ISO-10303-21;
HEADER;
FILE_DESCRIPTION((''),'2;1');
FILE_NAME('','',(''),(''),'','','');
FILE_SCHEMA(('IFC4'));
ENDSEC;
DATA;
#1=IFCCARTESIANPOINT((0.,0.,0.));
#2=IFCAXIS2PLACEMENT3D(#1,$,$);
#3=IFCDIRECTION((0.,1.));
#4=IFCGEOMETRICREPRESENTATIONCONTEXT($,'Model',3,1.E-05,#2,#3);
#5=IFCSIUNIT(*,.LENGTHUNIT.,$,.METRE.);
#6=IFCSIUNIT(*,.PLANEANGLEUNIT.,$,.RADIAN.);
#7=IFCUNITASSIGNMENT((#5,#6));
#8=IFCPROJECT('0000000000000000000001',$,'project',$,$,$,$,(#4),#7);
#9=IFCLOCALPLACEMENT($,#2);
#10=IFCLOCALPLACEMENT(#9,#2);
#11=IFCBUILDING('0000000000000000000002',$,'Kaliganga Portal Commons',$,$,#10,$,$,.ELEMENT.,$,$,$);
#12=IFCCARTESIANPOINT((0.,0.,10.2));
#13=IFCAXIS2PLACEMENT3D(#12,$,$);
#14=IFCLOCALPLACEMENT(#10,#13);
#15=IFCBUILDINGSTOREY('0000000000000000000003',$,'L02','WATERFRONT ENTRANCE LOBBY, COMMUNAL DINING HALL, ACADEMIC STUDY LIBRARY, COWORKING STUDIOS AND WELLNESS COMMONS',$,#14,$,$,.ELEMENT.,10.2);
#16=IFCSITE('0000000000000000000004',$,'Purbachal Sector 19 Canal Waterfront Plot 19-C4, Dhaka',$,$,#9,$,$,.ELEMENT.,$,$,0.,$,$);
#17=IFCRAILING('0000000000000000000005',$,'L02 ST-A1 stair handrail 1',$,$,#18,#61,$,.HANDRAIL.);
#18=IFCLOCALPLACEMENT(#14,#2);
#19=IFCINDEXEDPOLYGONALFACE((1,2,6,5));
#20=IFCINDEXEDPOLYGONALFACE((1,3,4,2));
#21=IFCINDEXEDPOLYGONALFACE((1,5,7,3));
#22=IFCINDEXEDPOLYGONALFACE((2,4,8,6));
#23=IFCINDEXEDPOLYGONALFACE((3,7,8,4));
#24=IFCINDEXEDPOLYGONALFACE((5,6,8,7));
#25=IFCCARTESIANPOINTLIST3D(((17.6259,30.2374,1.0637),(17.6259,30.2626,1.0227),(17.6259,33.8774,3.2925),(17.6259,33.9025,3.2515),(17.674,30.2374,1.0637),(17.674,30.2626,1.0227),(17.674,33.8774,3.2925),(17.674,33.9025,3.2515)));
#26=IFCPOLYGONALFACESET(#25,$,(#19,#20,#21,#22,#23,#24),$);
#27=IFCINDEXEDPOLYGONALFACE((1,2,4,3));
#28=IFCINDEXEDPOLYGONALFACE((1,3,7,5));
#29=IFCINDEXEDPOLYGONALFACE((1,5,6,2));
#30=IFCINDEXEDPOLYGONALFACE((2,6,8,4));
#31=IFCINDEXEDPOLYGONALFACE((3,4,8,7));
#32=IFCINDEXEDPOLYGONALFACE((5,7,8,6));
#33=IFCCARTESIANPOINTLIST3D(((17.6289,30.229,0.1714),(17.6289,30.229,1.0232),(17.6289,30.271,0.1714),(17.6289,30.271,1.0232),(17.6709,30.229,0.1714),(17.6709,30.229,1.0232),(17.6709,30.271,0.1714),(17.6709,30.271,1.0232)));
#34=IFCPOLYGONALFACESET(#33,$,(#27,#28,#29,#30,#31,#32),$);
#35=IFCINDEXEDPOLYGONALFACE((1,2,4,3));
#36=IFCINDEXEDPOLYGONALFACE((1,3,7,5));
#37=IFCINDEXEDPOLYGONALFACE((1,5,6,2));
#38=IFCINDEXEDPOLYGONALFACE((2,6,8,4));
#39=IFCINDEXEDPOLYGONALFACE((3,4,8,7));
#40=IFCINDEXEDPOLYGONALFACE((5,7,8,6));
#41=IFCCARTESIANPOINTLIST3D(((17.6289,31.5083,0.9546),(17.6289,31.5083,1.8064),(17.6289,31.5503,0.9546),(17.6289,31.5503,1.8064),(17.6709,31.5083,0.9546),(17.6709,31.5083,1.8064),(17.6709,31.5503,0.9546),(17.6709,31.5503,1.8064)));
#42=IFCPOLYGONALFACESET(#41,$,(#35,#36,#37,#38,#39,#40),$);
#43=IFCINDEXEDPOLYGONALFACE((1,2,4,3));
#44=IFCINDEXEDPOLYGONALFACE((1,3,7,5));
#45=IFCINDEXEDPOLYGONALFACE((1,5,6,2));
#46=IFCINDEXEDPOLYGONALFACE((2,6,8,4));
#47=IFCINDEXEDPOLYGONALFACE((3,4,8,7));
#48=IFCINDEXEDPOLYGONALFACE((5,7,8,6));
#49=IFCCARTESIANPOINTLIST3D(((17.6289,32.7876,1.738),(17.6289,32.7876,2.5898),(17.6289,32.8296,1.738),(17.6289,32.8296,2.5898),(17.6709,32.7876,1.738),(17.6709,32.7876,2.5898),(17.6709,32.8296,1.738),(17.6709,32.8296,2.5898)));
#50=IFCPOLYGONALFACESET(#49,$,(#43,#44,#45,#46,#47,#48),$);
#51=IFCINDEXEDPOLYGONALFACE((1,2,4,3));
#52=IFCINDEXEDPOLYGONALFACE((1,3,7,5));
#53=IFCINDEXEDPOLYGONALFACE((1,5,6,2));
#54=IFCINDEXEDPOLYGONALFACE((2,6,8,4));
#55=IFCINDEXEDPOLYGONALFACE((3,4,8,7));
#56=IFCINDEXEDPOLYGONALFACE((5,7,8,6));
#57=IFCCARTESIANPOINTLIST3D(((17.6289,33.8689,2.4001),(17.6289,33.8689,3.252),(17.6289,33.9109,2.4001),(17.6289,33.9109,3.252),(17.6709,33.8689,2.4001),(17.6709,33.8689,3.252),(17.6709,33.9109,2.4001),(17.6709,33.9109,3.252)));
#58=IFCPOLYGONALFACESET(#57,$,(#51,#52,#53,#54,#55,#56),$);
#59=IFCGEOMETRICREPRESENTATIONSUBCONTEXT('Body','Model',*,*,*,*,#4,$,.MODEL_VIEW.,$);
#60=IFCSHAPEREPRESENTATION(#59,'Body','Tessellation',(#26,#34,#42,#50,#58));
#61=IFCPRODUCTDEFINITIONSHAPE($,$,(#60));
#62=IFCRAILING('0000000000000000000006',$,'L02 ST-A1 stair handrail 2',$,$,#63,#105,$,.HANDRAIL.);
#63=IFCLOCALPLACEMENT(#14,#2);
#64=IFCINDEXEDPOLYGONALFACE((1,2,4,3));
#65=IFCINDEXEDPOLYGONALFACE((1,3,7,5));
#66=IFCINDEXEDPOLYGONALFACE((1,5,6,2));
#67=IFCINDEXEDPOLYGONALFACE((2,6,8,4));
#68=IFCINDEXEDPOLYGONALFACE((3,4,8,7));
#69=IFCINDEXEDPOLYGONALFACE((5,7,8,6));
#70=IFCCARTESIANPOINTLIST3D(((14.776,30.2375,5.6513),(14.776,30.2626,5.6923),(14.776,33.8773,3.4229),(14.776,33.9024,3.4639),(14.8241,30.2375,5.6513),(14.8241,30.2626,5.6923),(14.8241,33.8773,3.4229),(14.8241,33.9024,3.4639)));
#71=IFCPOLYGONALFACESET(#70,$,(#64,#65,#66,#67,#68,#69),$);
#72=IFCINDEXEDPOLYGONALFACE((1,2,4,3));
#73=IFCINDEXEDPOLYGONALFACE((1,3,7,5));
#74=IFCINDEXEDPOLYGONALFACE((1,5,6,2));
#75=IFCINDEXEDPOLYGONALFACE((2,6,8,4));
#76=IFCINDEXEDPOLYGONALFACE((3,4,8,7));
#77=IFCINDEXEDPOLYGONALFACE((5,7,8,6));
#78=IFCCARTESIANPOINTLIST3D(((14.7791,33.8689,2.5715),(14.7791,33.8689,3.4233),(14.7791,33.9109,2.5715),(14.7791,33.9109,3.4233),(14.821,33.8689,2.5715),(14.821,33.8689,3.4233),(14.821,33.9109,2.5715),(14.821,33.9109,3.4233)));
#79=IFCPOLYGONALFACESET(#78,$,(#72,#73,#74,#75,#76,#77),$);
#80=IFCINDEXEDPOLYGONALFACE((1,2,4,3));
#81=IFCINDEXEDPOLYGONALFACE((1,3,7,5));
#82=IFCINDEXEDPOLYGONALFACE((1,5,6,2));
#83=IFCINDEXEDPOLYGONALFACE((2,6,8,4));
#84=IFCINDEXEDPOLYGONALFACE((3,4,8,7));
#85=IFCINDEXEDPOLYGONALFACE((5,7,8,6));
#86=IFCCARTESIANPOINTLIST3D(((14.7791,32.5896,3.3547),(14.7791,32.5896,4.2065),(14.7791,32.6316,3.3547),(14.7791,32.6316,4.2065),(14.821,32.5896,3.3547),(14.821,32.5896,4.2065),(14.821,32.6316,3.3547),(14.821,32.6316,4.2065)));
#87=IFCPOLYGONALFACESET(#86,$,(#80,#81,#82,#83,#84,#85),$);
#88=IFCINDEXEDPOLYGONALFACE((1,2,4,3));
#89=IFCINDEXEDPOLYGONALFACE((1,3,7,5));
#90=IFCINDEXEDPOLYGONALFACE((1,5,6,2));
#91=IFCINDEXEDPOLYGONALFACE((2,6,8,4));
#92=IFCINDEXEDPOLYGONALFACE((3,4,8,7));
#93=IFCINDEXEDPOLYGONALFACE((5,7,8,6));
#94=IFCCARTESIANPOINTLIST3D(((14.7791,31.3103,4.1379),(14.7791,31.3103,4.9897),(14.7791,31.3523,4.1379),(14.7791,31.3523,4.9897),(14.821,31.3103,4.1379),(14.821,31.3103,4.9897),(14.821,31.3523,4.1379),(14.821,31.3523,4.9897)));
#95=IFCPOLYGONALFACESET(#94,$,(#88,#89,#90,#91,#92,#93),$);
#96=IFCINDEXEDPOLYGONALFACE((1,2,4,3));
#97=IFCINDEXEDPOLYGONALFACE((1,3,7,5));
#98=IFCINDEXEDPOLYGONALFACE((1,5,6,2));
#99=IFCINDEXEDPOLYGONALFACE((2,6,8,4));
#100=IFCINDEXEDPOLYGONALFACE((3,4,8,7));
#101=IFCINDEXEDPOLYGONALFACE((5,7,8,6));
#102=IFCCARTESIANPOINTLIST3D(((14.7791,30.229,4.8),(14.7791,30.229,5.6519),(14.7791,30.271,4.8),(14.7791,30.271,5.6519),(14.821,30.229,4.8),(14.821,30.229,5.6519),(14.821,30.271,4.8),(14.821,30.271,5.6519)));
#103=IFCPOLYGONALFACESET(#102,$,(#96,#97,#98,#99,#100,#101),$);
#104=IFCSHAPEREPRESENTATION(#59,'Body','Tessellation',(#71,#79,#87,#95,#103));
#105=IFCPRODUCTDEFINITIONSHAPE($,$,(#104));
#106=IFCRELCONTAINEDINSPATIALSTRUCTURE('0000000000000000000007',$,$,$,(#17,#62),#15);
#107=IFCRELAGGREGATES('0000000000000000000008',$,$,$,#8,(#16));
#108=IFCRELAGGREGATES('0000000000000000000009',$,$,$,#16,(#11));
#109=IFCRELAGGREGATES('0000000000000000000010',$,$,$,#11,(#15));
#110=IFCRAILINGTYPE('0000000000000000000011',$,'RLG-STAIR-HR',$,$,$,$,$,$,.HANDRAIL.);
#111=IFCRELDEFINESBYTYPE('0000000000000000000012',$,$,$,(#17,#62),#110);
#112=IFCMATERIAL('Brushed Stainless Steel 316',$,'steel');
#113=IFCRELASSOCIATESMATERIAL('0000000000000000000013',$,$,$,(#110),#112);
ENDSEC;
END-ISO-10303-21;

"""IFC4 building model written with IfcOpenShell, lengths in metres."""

from ifc_helpers import new_model, si_unit, direction, frame, origin, origin_2d, place, context, subcontext, project, spatial, rectangle, extrude, material, type_object, element, save


model = new_model("IFC4")

# Units and contexts
model_context = context("Model", 3, precision=1e-05, world=origin(), true_north=direction((0.0, 1.0)))
body_context = subcontext(model_context, "Body", "Model", "MODEL_VIEW")
ifc_project = project(units=[si_unit("LENGTHUNIT", "METRE"), si_unit("PLANEANGLEUNIT", "RADIAN")], contexts=[model_context])

# Site, building, storey
site_placement = place(None, origin())
site = spatial("IfcSite", under=ifc_project, at=site_placement, Name="Purbachal Sector 19 Canal Waterfront Plot 19-C4, Dhaka", CompositionType="ELEMENT", RefElevation=0.0)
building_placement = place(site_placement, origin())
building = spatial("IfcBuilding", under=site, at=building_placement, Name="Kaliganga Portal Commons", CompositionType="ELEMENT")
storey_placement = place(building_placement, frame((0.0, 0.0, 10.2)))
storey = spatial("IfcBuildingStorey", under=building, at=storey_placement, Name="L02", Description="WATERFRONT ENTRANCE LOBBY, COMMUNAL DINING HALL, ACADEMIC STUDY LIBRARY, COWORKING STUDIOS AND WELLNESS COMMONS", CompositionType="ELEMENT", Elevation=10.2)

# Railings
ifc_material_1 = material(Name="Brushed Stainless Steel 316", Category="steel")
railing_type_1 = type_object("IfcRailingType", Name="RLG-STAIR-HR", PredefinedType="HANDRAIL", material=ifc_material_1)
railing_1_placement = place(storey_placement, frame((17.6499, 30.25, 0.1714)))
element("IfcRailing", 1, at=railing_1_placement, inside=storey, type_object=railing_type_1, Name="L02 ST-A1 stair handrail 1", PredefinedType="HANDRAIL", context=body_context, shape_type="SweptSolid", body=[
    extrude(rectangle(XDim=0.0481, YDim=0.0481, at=origin_2d()), frame((0.0, 0.0, 0.8718), z_axis=(0.0, 0.852825, 0.522197), x_axis=(-1.0, 0.0, 0.0)), (0.0, 0.0, 1.0), 4.2681),
    extrude(rectangle(XDim=0.042, YDim=0.042, at=origin_2d()), origin(), (0.0, 0.0, 1.0), 0.8518),
    extrude(rectangle(XDim=0.042, YDim=0.042, at=origin_2d()), frame((0.0, 1.2793, 0.7832)), (0.0, 0.0, 1.0), 0.8518),
    extrude(rectangle(XDim=0.042, YDim=0.042, at=origin_2d()), frame((0.0, 2.5586, 1.5667)), (0.0, 0.0, 1.0), 0.8518),
    extrude(rectangle(XDim=0.042, YDim=0.042, at=origin_2d()), frame((0.0, 3.6399, 2.2288)), (0.0, 0.0, 1.0), 0.8518),
])
railing_2_placement = place(storey_placement, frame((14.8, 33.8899, 2.5715)))
element("IfcRailing", 2, at=railing_2_placement, inside=storey, type_object=railing_type_1, Name="L02 ST-A1 stair handrail 2", PredefinedType="HANDRAIL", context=body_context, shape_type="SweptSolid", body=[
    extrude(rectangle(XDim=0.0481, YDim=0.0481, at=origin_2d()), frame((0.0, 0.0, 0.8718), z_axis=(0.0, -0.85285, 0.522156), x_axis=(1.0, 0.0, 0.0)), (0.0, 0.0, 1.0), 4.2678),
    extrude(rectangle(XDim=0.042, YDim=0.042, at=origin_2d()), origin(), (0.0, 0.0, 1.0), 0.8518),
    extrude(rectangle(XDim=0.042, YDim=0.042, at=origin_2d()), frame((0.0, -1.2793, 0.7832)), (0.0, 0.0, 1.0), 0.8518),
    extrude(rectangle(XDim=0.042, YDim=0.042, at=origin_2d()), frame((0.0, -2.5586, 1.5664)), (0.0, 0.0, 1.0), 0.8518),
    extrude(rectangle(XDim=0.042, YDim=0.042, at=origin_2d()), frame((0.0, -3.6399, 2.2285)), (0.0, 0.0, 1.0), 0.8518),
])

save(model, "model.ifc")
